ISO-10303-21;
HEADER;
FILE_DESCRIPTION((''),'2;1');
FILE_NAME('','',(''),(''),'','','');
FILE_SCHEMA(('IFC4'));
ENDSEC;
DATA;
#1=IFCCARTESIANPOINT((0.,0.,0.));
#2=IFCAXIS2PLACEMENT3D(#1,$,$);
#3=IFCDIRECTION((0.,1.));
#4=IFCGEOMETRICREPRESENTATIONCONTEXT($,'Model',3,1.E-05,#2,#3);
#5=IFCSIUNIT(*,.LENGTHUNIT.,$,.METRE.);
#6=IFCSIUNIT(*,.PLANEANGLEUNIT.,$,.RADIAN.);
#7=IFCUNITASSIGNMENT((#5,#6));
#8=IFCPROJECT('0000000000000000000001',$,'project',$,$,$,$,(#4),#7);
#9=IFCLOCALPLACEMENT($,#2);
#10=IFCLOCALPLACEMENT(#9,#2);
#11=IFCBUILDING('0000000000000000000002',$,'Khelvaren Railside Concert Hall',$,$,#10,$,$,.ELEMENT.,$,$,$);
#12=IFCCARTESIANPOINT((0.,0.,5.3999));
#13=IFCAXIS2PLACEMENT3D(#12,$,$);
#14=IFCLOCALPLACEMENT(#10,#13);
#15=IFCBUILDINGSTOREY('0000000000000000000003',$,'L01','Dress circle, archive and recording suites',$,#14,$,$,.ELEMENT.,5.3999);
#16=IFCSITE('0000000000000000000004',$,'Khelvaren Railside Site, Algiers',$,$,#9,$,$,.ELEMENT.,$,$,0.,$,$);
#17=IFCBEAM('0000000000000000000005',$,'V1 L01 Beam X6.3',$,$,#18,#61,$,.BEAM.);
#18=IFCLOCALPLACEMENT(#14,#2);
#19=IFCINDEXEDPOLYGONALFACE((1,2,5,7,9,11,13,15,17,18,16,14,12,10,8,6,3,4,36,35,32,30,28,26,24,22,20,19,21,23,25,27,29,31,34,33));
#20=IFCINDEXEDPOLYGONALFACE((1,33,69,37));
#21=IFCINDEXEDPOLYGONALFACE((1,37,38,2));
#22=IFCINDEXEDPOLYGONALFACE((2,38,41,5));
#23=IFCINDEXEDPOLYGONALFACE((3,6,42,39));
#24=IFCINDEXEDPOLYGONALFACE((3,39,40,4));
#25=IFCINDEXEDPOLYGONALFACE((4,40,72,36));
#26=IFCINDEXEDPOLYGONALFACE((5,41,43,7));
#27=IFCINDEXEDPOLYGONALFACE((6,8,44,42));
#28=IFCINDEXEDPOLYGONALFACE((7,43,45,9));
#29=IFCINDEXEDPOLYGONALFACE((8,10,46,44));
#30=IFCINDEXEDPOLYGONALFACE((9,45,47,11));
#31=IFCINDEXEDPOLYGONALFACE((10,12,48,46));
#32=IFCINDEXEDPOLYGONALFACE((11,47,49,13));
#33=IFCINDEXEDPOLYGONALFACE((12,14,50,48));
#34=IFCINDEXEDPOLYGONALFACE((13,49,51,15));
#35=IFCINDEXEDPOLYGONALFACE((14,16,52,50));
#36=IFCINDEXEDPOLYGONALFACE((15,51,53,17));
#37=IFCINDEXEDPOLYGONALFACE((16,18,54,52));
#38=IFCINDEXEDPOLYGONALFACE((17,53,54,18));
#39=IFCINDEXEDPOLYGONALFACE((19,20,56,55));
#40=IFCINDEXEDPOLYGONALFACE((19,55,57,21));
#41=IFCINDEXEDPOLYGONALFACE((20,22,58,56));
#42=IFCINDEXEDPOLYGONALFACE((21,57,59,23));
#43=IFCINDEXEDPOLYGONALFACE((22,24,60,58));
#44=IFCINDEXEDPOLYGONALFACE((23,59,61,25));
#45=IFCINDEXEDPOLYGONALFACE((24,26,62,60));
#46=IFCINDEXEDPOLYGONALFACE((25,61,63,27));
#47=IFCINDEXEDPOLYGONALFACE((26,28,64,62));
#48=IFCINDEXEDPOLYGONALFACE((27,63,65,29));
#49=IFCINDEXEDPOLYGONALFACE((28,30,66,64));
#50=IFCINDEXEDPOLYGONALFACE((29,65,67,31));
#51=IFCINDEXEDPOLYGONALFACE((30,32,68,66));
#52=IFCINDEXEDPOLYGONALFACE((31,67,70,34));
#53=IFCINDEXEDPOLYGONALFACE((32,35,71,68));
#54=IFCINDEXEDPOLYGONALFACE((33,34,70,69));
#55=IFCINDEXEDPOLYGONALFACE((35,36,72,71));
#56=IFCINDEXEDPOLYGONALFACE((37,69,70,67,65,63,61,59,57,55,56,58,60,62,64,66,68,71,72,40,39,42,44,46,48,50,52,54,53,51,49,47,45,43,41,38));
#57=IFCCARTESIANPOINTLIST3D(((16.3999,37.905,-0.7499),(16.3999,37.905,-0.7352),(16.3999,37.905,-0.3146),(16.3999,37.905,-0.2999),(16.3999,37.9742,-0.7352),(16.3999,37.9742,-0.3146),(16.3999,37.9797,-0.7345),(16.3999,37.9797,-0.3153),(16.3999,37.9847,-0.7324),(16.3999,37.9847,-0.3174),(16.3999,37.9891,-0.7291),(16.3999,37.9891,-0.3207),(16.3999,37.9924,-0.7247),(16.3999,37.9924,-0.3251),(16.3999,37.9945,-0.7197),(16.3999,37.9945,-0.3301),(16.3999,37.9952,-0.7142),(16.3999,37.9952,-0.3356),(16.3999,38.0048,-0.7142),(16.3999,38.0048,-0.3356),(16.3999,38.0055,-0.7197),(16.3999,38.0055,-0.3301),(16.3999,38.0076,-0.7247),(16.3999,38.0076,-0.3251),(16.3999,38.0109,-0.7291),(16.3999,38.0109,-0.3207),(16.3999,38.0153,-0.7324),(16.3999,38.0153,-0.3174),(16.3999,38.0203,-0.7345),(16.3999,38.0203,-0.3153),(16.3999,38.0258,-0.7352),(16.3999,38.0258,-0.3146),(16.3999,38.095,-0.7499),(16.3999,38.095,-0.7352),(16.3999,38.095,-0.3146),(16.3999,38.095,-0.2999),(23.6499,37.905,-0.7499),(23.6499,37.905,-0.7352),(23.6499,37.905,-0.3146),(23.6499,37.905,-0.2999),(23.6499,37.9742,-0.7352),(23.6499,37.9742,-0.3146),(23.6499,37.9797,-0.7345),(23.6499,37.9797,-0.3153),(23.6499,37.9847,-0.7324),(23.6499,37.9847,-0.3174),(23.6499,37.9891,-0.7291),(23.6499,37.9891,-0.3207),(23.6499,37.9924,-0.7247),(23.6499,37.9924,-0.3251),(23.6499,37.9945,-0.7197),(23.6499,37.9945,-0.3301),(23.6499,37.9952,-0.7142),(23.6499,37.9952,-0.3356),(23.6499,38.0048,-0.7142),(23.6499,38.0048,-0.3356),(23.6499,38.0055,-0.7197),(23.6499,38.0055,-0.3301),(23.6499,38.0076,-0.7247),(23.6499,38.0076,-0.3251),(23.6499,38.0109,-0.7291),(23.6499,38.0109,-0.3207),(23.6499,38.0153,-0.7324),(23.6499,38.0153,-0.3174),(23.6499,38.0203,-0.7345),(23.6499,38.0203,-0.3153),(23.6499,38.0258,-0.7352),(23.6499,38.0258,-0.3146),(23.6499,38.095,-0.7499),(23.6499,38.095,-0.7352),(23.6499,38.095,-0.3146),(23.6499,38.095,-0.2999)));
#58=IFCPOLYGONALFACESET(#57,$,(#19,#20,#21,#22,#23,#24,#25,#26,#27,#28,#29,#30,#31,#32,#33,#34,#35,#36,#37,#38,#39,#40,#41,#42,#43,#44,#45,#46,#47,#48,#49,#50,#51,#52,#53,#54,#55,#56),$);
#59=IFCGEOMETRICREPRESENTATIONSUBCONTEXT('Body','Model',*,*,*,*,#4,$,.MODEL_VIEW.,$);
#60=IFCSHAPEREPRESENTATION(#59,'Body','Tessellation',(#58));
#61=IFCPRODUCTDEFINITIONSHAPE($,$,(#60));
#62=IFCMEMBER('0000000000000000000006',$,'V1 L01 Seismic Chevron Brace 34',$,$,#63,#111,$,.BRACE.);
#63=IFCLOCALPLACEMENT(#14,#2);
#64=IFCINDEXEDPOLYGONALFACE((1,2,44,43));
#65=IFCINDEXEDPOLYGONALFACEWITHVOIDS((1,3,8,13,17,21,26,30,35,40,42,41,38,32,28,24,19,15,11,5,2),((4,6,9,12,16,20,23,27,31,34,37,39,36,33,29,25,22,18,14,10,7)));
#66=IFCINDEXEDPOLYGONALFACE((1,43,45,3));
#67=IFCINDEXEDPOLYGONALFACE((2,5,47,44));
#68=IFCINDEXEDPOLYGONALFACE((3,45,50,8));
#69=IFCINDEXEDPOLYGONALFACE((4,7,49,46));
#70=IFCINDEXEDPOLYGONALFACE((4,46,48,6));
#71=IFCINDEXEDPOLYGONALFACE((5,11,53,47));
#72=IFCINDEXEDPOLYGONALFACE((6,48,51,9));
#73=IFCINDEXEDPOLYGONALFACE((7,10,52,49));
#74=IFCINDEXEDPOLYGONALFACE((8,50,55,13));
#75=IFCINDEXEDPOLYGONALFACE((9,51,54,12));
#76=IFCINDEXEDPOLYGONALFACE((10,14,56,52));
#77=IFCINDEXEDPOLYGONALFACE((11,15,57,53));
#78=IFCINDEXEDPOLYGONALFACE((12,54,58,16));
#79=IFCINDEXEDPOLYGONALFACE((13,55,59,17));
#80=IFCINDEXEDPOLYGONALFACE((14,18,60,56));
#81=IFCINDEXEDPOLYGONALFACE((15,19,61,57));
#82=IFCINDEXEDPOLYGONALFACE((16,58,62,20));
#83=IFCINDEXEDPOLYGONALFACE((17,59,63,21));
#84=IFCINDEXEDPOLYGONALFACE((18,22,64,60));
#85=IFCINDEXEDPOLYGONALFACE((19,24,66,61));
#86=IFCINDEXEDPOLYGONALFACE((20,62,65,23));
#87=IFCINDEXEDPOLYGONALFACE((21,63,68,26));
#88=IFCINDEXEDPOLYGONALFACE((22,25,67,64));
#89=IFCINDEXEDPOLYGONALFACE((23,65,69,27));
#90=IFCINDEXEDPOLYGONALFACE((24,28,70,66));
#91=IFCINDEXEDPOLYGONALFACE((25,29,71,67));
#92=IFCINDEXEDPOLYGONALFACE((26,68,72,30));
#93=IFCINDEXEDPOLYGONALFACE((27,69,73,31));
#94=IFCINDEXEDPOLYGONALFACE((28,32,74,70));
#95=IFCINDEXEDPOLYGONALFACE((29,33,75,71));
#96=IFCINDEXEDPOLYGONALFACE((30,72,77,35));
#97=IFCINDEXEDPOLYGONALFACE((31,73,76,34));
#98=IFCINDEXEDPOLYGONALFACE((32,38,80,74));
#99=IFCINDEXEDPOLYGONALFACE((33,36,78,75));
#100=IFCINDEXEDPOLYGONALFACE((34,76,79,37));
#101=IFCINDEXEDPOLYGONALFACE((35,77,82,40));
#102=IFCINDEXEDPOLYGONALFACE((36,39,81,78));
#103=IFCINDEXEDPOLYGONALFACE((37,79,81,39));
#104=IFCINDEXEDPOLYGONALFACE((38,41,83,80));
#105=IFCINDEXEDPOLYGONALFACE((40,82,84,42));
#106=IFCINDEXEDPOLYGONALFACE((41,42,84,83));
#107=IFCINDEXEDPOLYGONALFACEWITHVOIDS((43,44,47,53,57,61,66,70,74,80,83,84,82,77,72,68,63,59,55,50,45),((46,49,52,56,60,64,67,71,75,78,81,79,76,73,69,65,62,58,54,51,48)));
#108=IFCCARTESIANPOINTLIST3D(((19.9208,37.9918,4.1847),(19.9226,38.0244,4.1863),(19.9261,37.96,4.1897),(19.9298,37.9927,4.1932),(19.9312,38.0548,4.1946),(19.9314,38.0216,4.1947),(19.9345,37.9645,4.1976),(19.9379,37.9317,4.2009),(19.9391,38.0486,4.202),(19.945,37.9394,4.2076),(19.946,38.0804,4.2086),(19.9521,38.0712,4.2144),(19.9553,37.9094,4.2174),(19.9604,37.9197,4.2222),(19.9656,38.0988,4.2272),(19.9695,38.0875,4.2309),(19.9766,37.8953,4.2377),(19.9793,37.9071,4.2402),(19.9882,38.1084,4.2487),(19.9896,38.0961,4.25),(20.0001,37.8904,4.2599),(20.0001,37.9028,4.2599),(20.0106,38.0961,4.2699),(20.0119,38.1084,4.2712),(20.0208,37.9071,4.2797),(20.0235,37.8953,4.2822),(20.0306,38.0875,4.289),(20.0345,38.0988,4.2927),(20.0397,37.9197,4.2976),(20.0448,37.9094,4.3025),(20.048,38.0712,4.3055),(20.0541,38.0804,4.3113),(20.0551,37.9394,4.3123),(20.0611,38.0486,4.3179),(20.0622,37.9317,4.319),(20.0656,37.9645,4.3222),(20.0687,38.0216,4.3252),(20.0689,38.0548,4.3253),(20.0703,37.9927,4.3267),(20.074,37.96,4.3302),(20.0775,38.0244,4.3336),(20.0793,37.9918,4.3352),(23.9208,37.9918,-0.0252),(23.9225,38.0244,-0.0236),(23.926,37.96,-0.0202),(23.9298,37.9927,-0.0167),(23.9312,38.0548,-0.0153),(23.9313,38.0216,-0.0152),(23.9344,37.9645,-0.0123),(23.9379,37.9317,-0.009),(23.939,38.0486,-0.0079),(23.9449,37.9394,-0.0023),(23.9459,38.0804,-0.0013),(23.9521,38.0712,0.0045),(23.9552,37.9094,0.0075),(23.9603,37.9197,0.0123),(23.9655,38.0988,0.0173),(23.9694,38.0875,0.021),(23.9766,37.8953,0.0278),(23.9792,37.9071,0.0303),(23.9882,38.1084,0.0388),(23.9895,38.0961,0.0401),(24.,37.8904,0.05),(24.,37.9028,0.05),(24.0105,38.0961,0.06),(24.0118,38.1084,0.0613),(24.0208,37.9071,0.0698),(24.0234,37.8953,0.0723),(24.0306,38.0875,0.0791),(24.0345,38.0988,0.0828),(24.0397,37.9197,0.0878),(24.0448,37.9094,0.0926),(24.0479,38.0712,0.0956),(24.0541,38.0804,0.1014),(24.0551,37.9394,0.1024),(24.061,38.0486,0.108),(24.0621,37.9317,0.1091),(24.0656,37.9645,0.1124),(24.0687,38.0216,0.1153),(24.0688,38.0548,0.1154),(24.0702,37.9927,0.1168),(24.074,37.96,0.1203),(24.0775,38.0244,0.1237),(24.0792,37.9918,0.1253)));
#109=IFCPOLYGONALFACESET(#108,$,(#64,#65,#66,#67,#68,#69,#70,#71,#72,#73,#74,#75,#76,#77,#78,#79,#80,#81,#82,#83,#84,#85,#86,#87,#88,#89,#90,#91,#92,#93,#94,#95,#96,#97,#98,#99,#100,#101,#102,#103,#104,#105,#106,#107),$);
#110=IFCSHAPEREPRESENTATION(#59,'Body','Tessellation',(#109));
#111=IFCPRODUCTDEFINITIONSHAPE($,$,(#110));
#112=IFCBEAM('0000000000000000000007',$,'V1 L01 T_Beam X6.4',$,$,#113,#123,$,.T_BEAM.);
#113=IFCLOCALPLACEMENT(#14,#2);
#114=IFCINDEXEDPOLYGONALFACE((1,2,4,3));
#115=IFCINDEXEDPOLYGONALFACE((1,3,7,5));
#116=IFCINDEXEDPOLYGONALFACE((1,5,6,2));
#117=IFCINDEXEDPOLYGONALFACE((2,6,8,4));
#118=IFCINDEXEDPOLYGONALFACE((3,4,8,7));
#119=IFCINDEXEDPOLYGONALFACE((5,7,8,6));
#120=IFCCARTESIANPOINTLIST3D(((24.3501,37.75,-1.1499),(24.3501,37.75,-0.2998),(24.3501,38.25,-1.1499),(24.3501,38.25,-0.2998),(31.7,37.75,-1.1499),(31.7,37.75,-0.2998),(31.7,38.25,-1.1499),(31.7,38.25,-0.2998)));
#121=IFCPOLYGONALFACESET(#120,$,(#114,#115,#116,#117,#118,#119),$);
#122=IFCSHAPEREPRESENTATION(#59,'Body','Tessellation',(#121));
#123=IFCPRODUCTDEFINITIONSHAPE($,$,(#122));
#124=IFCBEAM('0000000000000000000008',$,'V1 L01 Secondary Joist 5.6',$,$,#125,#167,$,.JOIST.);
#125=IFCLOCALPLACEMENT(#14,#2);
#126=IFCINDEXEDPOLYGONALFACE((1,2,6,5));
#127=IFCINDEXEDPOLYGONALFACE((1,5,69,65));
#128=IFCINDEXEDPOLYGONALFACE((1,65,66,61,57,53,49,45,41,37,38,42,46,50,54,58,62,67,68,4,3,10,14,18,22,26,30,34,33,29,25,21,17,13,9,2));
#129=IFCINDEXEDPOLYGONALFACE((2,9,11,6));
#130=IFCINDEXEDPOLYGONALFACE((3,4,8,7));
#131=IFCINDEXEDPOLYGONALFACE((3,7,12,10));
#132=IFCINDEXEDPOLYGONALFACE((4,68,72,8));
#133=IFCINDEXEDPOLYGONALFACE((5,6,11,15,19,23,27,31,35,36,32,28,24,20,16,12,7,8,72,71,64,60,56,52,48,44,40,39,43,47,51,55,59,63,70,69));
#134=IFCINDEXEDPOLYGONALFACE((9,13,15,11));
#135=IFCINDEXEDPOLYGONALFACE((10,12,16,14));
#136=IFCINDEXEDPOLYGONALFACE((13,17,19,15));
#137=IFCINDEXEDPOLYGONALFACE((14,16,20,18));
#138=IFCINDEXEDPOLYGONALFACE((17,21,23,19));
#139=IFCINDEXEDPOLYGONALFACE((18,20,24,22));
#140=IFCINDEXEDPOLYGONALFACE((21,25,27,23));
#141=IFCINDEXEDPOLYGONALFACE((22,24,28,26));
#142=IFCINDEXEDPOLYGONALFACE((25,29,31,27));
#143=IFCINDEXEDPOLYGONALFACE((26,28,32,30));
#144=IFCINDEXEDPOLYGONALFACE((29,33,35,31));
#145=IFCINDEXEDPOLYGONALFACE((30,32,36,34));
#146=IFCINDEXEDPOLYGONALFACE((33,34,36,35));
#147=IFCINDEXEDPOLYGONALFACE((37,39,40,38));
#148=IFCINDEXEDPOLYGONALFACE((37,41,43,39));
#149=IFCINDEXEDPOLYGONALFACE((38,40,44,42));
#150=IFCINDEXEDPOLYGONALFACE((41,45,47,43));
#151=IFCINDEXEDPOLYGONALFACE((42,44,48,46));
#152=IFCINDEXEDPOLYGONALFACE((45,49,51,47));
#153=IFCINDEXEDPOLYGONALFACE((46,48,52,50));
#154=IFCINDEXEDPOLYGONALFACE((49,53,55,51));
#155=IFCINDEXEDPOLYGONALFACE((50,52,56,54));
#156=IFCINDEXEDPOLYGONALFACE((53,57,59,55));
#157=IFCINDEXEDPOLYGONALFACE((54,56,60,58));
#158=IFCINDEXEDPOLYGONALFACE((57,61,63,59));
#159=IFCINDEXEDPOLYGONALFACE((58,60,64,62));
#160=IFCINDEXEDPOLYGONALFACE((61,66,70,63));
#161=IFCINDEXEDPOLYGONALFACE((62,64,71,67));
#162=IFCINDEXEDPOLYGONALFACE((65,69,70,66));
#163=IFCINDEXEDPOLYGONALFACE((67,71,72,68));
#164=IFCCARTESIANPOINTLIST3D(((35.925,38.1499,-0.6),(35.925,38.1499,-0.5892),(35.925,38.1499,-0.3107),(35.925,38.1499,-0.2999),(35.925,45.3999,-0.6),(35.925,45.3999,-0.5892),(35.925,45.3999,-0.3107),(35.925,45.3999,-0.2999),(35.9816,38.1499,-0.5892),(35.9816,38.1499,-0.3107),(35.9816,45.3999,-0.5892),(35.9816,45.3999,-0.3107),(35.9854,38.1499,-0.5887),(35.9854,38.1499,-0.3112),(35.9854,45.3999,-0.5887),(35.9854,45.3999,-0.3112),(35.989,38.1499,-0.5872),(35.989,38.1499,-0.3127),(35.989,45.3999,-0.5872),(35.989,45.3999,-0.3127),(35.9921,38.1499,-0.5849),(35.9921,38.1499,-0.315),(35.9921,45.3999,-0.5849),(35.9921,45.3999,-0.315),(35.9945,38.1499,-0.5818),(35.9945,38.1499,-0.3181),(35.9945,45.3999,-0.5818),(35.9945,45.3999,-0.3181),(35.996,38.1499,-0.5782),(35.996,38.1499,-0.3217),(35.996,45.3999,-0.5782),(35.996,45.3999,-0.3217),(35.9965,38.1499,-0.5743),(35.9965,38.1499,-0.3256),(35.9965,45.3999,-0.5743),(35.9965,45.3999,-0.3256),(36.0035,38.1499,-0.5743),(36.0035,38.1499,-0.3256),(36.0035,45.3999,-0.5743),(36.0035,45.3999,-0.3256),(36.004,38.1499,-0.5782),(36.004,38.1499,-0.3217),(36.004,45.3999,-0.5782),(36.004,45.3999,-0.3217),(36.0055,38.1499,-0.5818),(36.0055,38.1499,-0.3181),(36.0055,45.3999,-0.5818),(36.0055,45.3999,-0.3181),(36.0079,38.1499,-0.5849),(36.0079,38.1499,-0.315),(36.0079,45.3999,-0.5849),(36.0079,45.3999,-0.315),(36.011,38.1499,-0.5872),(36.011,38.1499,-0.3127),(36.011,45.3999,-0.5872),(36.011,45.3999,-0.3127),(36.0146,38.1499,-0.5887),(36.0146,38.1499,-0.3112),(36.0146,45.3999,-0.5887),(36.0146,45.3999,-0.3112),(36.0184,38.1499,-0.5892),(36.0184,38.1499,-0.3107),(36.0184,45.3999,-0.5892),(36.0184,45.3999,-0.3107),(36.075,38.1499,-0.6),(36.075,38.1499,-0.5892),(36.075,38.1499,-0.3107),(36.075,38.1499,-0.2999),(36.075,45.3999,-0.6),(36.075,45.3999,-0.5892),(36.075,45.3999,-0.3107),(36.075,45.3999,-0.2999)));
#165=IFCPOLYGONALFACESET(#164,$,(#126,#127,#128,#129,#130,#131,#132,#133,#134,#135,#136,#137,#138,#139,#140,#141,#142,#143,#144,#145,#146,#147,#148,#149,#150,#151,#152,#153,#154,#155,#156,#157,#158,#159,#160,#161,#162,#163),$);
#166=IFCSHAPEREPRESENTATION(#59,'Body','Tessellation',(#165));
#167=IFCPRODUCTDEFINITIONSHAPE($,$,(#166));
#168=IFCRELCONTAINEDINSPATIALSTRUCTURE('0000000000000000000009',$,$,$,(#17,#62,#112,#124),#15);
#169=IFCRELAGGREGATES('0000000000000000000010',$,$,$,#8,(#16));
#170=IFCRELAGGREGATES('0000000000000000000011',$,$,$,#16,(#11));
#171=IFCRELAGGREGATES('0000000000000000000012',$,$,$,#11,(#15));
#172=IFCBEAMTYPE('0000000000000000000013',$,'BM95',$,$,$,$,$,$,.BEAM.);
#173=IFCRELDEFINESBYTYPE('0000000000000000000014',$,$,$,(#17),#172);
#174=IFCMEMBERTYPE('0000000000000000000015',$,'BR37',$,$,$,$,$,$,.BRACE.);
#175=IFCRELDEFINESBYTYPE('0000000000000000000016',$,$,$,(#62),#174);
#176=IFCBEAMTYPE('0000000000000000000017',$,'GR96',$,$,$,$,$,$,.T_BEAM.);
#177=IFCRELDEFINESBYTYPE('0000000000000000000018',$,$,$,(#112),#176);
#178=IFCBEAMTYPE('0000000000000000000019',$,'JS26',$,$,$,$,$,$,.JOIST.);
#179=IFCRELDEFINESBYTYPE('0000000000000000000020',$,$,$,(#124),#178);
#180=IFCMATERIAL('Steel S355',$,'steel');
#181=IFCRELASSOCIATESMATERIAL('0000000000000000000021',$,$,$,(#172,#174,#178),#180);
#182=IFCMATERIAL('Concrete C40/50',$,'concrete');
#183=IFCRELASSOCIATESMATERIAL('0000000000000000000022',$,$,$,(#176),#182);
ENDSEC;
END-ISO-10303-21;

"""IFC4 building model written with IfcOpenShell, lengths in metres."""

from ifc_helpers import new_model, si_unit, direction, frame, origin, origin_2d, place, context, subcontext, project, spatial, rectangle, hollow_circle, i_section, extrude, material, material_profile, profile_set, type_object, element, save


model = new_model("IFC4")

# Units and contexts
model_context = context("Model", 3, precision=1e-05, world=origin(), true_north=direction((0.0, 1.0)))
body_context = subcontext(model_context, "Body", "Model", "MODEL_VIEW")
ifc_project = project(units=[si_unit("LENGTHUNIT", "METRE"), si_unit("PLANEANGLEUNIT", "RADIAN")], contexts=[model_context])

# Site, building, storey
site_placement = place(None, origin())
site = spatial("IfcSite", under=ifc_project, at=site_placement, Name="Khelvaren Railside Site, Algiers", CompositionType="ELEMENT", RefElevation=0.0)
building_placement = place(site_placement, origin())
building = spatial("IfcBuilding", under=site, at=building_placement, Name="Khelvaren Railside Concert Hall", CompositionType="ELEMENT")
storey_placement = place(building_placement, frame((0.0, 0.0, 5.3999)))
storey = spatial("IfcBuildingStorey", under=building, at=storey_placement, Name="L01", Description="Dress circle, archive and recording suites", CompositionType="ELEMENT", Elevation=5.3999)

# Beam
ifc_material_1 = material(Name="Steel S355", Category="steel")
ifc_material_profile_1 = material_profile(ifc_material_1, i_section(OverallWidth=0.1899, OverallDepth=0.45, WebThickness=0.0095, FlangeThickness=0.0146, FilletRadius=0.021, at=origin_2d()), Name="IPE 450")
ifc_profile_set_1 = profile_set([ifc_material_profile_1], Name="Steel S355")
beam_type_1 = type_object("IfcBeamType", Name="BM95", PredefinedType="BEAM", material=ifc_profile_set_1)
beam_1_placement = place(storey_placement, frame((16.3999, 38.0, -0.5249), z_axis=(1.0, 0.0, 0.0), x_axis=(0.0, 1.0, 0.0)))
element("IfcBeam", 1, at=beam_1_placement, inside=storey, type_object=beam_type_1, Name="V1 L01 Beam X6.3", PredefinedType="BEAM", context=body_context, shape_type="SweptSolid", body=[
    extrude(i_section(OverallWidth=0.1899, OverallDepth=0.45, WebThickness=0.0095, FlangeThickness=0.0146, FilletRadius=0.021, at=origin_2d()), origin(), (0.0, 0.0, 1.0), 7.25),
])

# Member
ifc_material_profile_2 = material_profile(ifc_material_1, hollow_circle(Radius=0.1096, WallThickness=0.0125, at=origin_2d()), Name="CHS 219.1x12.5")
ifc_profile_set_2 = profile_set([ifc_material_profile_2], Name="Steel S355")
member_type = type_object("IfcMemberType", Name="BR37", PredefinedType="BRACE", material=ifc_profile_set_2)
member_placement = place(storey_placement, frame((24.0, 38.0, 0.05), z_axis=(-0.688798, 0.0, 0.724953), x_axis=(0.0, -1.0, 0.0)))
element("IfcMember", 2, at=member_placement, inside=storey, type_object=member_type, Name="V1 L01 Seismic Chevron Brace 34", PredefinedType="BRACE", context=body_context, shape_type="SweptSolid", body=[
    extrude(hollow_circle(Radius=0.1096, WallThickness=0.0125, at=origin_2d()), origin(), (0.0, 0.0, 1.0), 5.8071),
])

# Beams
ifc_material_2 = material(Name="Concrete C40/50", Category="concrete")
ifc_material_profile_3 = material_profile(ifc_material_2, rectangle(XDim=0.5, YDim=0.8501, at=origin_2d()), Name="RCB 500x850")
ifc_profile_set_3 = profile_set([ifc_material_profile_3], Name="Concrete C40/50")
beam_type_2 = type_object("IfcBeamType", Name="GR96", PredefinedType="T_BEAM", material=ifc_profile_set_3)
beam_2_placement = place(storey_placement, frame((24.3501, 38.0, -0.7249), z_axis=(1.0, 0.0, 0.0), x_axis=(0.0, 1.0, 0.0)))
element("IfcBeam", 3, at=beam_2_placement, inside=storey, type_object=beam_type_2, Name="V1 L01 T_Beam X6.4", PredefinedType="T_BEAM", context=body_context, shape_type="SweptSolid", body=[
    extrude(rectangle(XDim=0.5, YDim=0.8501, at=origin_2d()), origin(), (0.0, 0.0, 1.0), 7.3499),
])
ifc_material_profile_4 = material_profile(ifc_material_1, i_section(OverallWidth=0.1499, OverallDepth=0.3, WebThickness=0.0071, FlangeThickness=0.0107, FilletRadius=0.0149, at=origin_2d()), Name="IPE 300")
ifc_profile_set_4 = profile_set([ifc_material_profile_4], Name="Steel S355")
beam_type_3 = type_object("IfcBeamType", Name="JS26", PredefinedType="JOIST", material=ifc_profile_set_4)
beam_3_placement = place(storey_placement, frame((36.0, 38.1499, -0.45), z_axis=(0.0, 1.0, 0.0), x_axis=(-1.0, 0.0, 0.0)))
element("IfcBeam", 4, at=beam_3_placement, inside=storey, type_object=beam_type_3, Name="V1 L01 Secondary Joist 5.6", PredefinedType="JOIST", context=body_context, shape_type="SweptSolid", body=[
    extrude(i_section(OverallWidth=0.1499, OverallDepth=0.3, WebThickness=0.0071, FlangeThickness=0.0107, FilletRadius=0.0149, at=origin_2d()), origin(), (0.0, 0.0, 1.0), 7.25),
])

save(model, "model.ifc")
